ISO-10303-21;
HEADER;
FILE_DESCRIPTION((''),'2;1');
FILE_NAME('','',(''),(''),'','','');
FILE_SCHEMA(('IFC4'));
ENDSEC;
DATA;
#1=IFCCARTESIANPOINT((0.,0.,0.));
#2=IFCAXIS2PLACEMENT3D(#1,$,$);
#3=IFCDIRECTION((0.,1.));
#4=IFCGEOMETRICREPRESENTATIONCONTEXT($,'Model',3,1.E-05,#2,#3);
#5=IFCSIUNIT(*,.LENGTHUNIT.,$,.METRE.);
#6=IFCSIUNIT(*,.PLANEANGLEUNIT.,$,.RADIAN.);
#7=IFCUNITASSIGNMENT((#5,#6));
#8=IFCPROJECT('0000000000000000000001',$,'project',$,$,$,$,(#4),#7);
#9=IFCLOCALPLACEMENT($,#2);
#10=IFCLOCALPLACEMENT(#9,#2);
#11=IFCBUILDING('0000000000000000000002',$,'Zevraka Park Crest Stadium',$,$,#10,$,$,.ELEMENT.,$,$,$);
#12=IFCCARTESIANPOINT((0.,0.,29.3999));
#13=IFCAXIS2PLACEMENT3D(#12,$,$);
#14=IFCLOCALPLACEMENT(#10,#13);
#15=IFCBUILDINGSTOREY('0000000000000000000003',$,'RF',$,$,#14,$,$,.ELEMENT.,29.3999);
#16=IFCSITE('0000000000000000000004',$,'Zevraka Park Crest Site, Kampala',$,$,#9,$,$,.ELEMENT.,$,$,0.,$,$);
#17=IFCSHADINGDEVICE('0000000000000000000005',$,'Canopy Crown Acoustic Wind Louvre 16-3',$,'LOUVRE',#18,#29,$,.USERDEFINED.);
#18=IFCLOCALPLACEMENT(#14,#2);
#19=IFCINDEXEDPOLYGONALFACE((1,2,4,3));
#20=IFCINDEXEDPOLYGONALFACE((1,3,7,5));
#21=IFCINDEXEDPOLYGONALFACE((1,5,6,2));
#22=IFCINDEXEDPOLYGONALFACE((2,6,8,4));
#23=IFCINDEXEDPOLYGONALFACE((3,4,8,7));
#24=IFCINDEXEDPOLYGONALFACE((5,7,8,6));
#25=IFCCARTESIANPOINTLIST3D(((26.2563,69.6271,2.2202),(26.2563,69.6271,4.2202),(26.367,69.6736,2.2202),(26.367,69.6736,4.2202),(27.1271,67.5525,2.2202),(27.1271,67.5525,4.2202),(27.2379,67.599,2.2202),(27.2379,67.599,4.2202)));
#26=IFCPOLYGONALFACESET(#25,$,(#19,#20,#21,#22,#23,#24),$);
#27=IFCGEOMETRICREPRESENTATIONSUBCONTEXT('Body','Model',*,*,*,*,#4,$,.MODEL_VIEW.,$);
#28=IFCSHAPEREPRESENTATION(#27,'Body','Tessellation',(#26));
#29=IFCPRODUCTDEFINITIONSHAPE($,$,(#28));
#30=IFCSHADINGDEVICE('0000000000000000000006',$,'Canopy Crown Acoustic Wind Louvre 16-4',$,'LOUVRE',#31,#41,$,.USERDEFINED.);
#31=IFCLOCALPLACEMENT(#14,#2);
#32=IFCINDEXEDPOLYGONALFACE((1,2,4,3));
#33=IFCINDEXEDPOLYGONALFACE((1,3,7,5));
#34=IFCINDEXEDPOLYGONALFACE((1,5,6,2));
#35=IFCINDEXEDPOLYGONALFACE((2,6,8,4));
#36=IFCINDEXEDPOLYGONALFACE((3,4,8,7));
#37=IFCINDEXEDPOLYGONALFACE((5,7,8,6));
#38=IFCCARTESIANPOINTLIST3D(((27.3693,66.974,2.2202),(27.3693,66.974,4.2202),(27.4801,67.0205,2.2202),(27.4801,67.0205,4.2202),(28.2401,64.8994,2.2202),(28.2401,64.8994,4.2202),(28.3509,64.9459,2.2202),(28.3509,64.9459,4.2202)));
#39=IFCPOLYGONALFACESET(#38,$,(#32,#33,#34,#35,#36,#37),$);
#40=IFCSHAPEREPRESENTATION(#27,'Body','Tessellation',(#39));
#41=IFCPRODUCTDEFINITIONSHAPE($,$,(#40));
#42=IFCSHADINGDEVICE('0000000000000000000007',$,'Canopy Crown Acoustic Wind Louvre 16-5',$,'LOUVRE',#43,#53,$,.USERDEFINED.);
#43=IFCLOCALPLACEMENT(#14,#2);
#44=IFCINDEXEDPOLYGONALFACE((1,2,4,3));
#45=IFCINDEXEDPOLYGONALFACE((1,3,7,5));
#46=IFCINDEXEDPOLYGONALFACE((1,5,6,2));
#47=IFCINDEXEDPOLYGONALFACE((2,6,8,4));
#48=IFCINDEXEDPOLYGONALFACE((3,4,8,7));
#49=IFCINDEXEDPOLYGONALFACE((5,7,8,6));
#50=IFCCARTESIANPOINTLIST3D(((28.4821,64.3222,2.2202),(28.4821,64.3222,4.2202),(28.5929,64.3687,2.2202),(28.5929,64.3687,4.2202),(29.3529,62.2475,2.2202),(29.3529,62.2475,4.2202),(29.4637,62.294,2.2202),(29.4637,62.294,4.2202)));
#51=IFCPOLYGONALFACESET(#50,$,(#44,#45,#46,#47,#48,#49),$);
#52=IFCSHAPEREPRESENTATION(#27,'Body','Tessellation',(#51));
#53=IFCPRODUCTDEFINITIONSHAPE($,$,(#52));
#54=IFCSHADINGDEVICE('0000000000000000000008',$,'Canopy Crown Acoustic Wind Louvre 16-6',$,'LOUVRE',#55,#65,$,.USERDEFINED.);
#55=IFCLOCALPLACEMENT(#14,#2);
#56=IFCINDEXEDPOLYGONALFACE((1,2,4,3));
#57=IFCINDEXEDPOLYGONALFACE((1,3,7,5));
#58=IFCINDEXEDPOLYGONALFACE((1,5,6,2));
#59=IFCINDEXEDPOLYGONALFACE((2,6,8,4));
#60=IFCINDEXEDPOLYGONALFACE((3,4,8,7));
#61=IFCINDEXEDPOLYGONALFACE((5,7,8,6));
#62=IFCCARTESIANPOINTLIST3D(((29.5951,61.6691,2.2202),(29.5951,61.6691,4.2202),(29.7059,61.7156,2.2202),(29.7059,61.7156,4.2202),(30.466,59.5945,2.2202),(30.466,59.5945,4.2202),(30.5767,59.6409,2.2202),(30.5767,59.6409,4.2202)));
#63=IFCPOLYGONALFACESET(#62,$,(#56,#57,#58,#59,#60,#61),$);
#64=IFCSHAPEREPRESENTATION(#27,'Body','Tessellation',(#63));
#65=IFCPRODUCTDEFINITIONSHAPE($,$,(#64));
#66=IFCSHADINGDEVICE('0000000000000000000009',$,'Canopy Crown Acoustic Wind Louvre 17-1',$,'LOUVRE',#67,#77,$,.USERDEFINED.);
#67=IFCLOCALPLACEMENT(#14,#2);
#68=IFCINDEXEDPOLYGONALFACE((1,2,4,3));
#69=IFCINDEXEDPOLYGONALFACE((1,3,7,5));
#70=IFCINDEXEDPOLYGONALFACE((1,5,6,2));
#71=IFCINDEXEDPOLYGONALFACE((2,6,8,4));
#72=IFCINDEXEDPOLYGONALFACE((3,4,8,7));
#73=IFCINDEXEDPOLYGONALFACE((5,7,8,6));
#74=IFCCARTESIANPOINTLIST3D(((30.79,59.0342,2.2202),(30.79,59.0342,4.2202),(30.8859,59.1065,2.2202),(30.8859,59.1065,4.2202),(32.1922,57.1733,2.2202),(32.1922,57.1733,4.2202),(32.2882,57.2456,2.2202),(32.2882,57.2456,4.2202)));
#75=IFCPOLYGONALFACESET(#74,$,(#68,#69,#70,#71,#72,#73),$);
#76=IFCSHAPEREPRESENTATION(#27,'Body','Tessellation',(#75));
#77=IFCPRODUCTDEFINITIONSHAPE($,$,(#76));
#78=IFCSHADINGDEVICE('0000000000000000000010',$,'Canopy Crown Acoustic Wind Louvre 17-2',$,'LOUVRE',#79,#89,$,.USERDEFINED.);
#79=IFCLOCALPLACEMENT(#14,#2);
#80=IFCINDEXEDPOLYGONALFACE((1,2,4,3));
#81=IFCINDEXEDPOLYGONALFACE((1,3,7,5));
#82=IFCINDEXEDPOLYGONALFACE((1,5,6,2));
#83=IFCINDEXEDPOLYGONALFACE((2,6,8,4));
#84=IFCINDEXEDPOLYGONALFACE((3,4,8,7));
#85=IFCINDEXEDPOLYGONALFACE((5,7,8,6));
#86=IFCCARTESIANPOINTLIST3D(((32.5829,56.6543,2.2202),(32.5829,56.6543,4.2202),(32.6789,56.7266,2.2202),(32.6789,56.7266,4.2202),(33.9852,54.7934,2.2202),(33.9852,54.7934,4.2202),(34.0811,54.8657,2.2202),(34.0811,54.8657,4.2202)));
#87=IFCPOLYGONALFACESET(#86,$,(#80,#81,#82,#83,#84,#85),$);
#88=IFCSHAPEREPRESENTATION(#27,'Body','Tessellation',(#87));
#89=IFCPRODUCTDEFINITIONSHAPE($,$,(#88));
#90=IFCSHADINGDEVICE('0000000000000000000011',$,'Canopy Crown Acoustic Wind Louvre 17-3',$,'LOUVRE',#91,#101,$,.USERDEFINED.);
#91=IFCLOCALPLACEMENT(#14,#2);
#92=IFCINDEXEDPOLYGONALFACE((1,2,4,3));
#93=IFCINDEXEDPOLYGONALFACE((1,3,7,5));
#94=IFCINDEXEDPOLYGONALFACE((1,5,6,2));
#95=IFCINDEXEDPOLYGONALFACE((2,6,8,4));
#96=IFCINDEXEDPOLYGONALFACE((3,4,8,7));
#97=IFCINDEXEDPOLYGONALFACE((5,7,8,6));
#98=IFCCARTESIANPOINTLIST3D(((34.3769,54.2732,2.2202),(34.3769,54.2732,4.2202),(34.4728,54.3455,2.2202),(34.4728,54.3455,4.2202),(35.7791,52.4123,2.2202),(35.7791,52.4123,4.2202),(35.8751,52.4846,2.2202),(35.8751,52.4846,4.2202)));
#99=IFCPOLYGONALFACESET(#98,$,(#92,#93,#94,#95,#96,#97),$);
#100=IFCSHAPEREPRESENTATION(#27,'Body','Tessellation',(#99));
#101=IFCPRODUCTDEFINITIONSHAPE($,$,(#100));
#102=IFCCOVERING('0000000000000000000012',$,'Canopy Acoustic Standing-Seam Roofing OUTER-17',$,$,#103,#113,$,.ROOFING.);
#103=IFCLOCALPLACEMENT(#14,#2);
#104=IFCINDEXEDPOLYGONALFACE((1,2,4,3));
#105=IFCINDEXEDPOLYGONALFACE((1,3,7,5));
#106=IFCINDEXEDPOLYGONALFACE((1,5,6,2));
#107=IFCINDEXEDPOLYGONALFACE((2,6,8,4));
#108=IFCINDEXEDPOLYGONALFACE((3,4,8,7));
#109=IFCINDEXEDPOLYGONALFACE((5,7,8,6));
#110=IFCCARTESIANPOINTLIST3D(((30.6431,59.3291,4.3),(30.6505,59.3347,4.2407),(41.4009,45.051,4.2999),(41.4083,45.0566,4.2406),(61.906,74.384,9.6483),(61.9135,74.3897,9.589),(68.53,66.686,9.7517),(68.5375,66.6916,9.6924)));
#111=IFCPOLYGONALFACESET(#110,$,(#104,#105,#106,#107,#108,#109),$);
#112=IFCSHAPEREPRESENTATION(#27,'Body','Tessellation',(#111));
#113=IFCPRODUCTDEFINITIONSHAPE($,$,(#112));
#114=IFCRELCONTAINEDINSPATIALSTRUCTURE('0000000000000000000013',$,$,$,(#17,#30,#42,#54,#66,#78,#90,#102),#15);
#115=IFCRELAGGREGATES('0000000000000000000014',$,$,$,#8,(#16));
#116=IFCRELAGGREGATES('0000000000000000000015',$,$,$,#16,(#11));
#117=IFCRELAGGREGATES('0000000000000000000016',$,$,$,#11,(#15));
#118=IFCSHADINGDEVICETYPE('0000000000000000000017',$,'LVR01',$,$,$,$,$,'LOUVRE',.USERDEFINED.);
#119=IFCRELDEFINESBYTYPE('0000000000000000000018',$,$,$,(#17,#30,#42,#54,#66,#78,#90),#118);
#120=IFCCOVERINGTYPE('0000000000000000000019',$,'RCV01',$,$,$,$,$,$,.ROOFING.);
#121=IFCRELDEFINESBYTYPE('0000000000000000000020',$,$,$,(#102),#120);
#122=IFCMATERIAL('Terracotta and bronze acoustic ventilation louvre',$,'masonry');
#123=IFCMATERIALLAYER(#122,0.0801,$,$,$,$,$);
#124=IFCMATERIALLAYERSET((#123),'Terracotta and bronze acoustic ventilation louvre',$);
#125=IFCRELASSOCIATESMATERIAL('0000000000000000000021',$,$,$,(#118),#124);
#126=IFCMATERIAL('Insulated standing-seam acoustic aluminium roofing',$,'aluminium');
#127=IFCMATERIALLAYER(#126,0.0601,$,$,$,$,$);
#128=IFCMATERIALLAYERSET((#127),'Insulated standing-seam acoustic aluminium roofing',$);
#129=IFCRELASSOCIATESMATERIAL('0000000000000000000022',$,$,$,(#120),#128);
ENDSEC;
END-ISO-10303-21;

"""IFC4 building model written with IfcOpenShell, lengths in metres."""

from ifc_helpers import new_model, si_unit, direction, frame, origin, origin_2d, place, context, subcontext, project, spatial, polyline, rectangle, outline, extrude, material, layer, layer_set, type_object, element, save


model = new_model("IFC4")

# Units and contexts
model_context = context("Model", 3, precision=1e-05, world=origin(), true_north=direction((0.0, 1.0)))
body_context = subcontext(model_context, "Body", "Model", "MODEL_VIEW")
ifc_project = project(units=[si_unit("LENGTHUNIT", "METRE"), si_unit("PLANEANGLEUNIT", "RADIAN")], contexts=[model_context])

# Site, building, storey
site_placement = place(None, origin())
site = spatial("IfcSite", under=ifc_project, at=site_placement, Name="Zevraka Park Crest Site, Kampala", CompositionType="ELEMENT", RefElevation=0.0)
building_placement = place(site_placement, origin())
building = spatial("IfcBuilding", under=site, at=building_placement, Name="Zevraka Park Crest Stadium", CompositionType="ELEMENT")
storey_placement = place(building_placement, frame((0.0, 0.0, 29.3999)))
storey = spatial("IfcBuildingStorey", under=building, at=storey_placement, Name="RF", CompositionType="ELEMENT", Elevation=29.3999)

# Shading devices
ifc_material_1 = material(Name="Terracotta and bronze acoustic ventilation louvre", Category="masonry")
ifc_layer_1 = layer(ifc_material_1, 0.0801)
ifc_layer_set_1 = layer_set([ifc_layer_1], Name="Terracotta and bronze acoustic ventilation louvre")
shading_device_type = type_object("IfcShadingDeviceType", Name="LVR01", ElementType="LOUVRE", PredefinedType="USERDEFINED", material=ifc_layer_set_1)
for number, where, z_axis, x_axis, name in (
    (1, (26.7471, 68.613, 2.2202), (0.0, 0.0, 1.0), (0.387033, -0.922066, 0.0), "Canopy Crown Acoustic Wind Louvre 16-3"),
    (2, (27.8601, 65.96, 2.2202), (0.0, 0.0, 1.0), (0.387033, -0.922066, 0.0), "Canopy Crown Acoustic Wind Louvre 16-4"),
    (3, (28.9729, 63.3081, 2.2202), (0.0, 0.0, 1.0), (0.387033, -0.922066, 0.0), "Canopy Crown Acoustic Wind Louvre 16-5"),
    (4, (30.0859, 60.655, 2.2202), (0.0, 0.0, 1.0), (0.387033, -0.922066, 0.0), "Canopy Crown Acoustic Wind Louvre 16-6"),
):
    element("IfcShadingDevice", number, at=place(storey_placement, frame(where, z_axis=z_axis, x_axis=x_axis)), inside=storey, type_object=shading_device_type, Name=name, ObjectType="LOUVRE", PredefinedType="USERDEFINED", context=body_context, shape_type="SweptSolid", body=[
        extrude(rectangle(XDim=2.25, YDim=0.1201, at=origin_2d()), origin(), (0.0, 0.0, 1.0), 2.0),
    ])
for number, where, z_axis, x_axis, name in (
    (5, (31.5391, 58.1399, 2.2202), (0.0, 0.0, 1.0), (0.601815, -0.798636, 0.0), "Canopy Crown Acoustic Wind Louvre 17-1"),
    (6, (33.332, 55.76, 2.2202), (0.0, 0.0, 1.0), (0.601815, -0.798636, 0.0), "Canopy Crown Acoustic Wind Louvre 17-2"),
    (7, (35.126, 53.3789, 2.2202), (0.0, 0.0, 1.0), (0.601815, -0.798636, 0.0), "Canopy Crown Acoustic Wind Louvre 17-3"),
):
    element("IfcShadingDevice", number, at=place(storey_placement, frame(where, z_axis=z_axis, x_axis=x_axis)), inside=storey, type_object=shading_device_type, Name=name, ObjectType="LOUVRE", PredefinedType="USERDEFINED", context=body_context, shape_type="SweptSolid", body=[
        extrude(rectangle(XDim=2.3301, YDim=0.1201, at=origin_2d()), origin(), (0.0, 0.0, 1.0), 2.0),
    ])

# Covering
ifc_material_2 = material(Name="Insulated standing-seam acoustic aluminium roofing", Category="aluminium")
ifc_layer_2 = layer(ifc_material_2, 0.0601)
ifc_layer_set_2 = layer_set([ifc_layer_2], Name="Insulated standing-seam acoustic aluminium roofing")
covering_type_1 = type_object("IfcCoveringType", Name="RCV01", PredefinedType="ROOFING", material=ifc_layer_set_2)
covering_1_placement = place(storey_placement, frame((30.6431, 59.3291, 4.3), z_axis=(-0.124004, -0.093438, 0.987873), x_axis=(0.601763, -0.798675, -0.000006)))
element("IfcCovering", 8, at=covering_1_placement, inside=storey, type_object=covering_type_1, Name="Canopy Acoustic Standing-Seam Roofing OUTER-17", PredefinedType="ROOFING", context=body_context, shape_type="SweptSolid", body=[
    extrude(outline(polyline([(0.0, 0.0), (17.8772, 0.0), (16.9231, 35.1123), (6.7888, 34.4462), (0.0, 0.0)])), origin(), (0.0, 0.0, -1.0), 0.0601),
])

save(model, "model.ifc")
